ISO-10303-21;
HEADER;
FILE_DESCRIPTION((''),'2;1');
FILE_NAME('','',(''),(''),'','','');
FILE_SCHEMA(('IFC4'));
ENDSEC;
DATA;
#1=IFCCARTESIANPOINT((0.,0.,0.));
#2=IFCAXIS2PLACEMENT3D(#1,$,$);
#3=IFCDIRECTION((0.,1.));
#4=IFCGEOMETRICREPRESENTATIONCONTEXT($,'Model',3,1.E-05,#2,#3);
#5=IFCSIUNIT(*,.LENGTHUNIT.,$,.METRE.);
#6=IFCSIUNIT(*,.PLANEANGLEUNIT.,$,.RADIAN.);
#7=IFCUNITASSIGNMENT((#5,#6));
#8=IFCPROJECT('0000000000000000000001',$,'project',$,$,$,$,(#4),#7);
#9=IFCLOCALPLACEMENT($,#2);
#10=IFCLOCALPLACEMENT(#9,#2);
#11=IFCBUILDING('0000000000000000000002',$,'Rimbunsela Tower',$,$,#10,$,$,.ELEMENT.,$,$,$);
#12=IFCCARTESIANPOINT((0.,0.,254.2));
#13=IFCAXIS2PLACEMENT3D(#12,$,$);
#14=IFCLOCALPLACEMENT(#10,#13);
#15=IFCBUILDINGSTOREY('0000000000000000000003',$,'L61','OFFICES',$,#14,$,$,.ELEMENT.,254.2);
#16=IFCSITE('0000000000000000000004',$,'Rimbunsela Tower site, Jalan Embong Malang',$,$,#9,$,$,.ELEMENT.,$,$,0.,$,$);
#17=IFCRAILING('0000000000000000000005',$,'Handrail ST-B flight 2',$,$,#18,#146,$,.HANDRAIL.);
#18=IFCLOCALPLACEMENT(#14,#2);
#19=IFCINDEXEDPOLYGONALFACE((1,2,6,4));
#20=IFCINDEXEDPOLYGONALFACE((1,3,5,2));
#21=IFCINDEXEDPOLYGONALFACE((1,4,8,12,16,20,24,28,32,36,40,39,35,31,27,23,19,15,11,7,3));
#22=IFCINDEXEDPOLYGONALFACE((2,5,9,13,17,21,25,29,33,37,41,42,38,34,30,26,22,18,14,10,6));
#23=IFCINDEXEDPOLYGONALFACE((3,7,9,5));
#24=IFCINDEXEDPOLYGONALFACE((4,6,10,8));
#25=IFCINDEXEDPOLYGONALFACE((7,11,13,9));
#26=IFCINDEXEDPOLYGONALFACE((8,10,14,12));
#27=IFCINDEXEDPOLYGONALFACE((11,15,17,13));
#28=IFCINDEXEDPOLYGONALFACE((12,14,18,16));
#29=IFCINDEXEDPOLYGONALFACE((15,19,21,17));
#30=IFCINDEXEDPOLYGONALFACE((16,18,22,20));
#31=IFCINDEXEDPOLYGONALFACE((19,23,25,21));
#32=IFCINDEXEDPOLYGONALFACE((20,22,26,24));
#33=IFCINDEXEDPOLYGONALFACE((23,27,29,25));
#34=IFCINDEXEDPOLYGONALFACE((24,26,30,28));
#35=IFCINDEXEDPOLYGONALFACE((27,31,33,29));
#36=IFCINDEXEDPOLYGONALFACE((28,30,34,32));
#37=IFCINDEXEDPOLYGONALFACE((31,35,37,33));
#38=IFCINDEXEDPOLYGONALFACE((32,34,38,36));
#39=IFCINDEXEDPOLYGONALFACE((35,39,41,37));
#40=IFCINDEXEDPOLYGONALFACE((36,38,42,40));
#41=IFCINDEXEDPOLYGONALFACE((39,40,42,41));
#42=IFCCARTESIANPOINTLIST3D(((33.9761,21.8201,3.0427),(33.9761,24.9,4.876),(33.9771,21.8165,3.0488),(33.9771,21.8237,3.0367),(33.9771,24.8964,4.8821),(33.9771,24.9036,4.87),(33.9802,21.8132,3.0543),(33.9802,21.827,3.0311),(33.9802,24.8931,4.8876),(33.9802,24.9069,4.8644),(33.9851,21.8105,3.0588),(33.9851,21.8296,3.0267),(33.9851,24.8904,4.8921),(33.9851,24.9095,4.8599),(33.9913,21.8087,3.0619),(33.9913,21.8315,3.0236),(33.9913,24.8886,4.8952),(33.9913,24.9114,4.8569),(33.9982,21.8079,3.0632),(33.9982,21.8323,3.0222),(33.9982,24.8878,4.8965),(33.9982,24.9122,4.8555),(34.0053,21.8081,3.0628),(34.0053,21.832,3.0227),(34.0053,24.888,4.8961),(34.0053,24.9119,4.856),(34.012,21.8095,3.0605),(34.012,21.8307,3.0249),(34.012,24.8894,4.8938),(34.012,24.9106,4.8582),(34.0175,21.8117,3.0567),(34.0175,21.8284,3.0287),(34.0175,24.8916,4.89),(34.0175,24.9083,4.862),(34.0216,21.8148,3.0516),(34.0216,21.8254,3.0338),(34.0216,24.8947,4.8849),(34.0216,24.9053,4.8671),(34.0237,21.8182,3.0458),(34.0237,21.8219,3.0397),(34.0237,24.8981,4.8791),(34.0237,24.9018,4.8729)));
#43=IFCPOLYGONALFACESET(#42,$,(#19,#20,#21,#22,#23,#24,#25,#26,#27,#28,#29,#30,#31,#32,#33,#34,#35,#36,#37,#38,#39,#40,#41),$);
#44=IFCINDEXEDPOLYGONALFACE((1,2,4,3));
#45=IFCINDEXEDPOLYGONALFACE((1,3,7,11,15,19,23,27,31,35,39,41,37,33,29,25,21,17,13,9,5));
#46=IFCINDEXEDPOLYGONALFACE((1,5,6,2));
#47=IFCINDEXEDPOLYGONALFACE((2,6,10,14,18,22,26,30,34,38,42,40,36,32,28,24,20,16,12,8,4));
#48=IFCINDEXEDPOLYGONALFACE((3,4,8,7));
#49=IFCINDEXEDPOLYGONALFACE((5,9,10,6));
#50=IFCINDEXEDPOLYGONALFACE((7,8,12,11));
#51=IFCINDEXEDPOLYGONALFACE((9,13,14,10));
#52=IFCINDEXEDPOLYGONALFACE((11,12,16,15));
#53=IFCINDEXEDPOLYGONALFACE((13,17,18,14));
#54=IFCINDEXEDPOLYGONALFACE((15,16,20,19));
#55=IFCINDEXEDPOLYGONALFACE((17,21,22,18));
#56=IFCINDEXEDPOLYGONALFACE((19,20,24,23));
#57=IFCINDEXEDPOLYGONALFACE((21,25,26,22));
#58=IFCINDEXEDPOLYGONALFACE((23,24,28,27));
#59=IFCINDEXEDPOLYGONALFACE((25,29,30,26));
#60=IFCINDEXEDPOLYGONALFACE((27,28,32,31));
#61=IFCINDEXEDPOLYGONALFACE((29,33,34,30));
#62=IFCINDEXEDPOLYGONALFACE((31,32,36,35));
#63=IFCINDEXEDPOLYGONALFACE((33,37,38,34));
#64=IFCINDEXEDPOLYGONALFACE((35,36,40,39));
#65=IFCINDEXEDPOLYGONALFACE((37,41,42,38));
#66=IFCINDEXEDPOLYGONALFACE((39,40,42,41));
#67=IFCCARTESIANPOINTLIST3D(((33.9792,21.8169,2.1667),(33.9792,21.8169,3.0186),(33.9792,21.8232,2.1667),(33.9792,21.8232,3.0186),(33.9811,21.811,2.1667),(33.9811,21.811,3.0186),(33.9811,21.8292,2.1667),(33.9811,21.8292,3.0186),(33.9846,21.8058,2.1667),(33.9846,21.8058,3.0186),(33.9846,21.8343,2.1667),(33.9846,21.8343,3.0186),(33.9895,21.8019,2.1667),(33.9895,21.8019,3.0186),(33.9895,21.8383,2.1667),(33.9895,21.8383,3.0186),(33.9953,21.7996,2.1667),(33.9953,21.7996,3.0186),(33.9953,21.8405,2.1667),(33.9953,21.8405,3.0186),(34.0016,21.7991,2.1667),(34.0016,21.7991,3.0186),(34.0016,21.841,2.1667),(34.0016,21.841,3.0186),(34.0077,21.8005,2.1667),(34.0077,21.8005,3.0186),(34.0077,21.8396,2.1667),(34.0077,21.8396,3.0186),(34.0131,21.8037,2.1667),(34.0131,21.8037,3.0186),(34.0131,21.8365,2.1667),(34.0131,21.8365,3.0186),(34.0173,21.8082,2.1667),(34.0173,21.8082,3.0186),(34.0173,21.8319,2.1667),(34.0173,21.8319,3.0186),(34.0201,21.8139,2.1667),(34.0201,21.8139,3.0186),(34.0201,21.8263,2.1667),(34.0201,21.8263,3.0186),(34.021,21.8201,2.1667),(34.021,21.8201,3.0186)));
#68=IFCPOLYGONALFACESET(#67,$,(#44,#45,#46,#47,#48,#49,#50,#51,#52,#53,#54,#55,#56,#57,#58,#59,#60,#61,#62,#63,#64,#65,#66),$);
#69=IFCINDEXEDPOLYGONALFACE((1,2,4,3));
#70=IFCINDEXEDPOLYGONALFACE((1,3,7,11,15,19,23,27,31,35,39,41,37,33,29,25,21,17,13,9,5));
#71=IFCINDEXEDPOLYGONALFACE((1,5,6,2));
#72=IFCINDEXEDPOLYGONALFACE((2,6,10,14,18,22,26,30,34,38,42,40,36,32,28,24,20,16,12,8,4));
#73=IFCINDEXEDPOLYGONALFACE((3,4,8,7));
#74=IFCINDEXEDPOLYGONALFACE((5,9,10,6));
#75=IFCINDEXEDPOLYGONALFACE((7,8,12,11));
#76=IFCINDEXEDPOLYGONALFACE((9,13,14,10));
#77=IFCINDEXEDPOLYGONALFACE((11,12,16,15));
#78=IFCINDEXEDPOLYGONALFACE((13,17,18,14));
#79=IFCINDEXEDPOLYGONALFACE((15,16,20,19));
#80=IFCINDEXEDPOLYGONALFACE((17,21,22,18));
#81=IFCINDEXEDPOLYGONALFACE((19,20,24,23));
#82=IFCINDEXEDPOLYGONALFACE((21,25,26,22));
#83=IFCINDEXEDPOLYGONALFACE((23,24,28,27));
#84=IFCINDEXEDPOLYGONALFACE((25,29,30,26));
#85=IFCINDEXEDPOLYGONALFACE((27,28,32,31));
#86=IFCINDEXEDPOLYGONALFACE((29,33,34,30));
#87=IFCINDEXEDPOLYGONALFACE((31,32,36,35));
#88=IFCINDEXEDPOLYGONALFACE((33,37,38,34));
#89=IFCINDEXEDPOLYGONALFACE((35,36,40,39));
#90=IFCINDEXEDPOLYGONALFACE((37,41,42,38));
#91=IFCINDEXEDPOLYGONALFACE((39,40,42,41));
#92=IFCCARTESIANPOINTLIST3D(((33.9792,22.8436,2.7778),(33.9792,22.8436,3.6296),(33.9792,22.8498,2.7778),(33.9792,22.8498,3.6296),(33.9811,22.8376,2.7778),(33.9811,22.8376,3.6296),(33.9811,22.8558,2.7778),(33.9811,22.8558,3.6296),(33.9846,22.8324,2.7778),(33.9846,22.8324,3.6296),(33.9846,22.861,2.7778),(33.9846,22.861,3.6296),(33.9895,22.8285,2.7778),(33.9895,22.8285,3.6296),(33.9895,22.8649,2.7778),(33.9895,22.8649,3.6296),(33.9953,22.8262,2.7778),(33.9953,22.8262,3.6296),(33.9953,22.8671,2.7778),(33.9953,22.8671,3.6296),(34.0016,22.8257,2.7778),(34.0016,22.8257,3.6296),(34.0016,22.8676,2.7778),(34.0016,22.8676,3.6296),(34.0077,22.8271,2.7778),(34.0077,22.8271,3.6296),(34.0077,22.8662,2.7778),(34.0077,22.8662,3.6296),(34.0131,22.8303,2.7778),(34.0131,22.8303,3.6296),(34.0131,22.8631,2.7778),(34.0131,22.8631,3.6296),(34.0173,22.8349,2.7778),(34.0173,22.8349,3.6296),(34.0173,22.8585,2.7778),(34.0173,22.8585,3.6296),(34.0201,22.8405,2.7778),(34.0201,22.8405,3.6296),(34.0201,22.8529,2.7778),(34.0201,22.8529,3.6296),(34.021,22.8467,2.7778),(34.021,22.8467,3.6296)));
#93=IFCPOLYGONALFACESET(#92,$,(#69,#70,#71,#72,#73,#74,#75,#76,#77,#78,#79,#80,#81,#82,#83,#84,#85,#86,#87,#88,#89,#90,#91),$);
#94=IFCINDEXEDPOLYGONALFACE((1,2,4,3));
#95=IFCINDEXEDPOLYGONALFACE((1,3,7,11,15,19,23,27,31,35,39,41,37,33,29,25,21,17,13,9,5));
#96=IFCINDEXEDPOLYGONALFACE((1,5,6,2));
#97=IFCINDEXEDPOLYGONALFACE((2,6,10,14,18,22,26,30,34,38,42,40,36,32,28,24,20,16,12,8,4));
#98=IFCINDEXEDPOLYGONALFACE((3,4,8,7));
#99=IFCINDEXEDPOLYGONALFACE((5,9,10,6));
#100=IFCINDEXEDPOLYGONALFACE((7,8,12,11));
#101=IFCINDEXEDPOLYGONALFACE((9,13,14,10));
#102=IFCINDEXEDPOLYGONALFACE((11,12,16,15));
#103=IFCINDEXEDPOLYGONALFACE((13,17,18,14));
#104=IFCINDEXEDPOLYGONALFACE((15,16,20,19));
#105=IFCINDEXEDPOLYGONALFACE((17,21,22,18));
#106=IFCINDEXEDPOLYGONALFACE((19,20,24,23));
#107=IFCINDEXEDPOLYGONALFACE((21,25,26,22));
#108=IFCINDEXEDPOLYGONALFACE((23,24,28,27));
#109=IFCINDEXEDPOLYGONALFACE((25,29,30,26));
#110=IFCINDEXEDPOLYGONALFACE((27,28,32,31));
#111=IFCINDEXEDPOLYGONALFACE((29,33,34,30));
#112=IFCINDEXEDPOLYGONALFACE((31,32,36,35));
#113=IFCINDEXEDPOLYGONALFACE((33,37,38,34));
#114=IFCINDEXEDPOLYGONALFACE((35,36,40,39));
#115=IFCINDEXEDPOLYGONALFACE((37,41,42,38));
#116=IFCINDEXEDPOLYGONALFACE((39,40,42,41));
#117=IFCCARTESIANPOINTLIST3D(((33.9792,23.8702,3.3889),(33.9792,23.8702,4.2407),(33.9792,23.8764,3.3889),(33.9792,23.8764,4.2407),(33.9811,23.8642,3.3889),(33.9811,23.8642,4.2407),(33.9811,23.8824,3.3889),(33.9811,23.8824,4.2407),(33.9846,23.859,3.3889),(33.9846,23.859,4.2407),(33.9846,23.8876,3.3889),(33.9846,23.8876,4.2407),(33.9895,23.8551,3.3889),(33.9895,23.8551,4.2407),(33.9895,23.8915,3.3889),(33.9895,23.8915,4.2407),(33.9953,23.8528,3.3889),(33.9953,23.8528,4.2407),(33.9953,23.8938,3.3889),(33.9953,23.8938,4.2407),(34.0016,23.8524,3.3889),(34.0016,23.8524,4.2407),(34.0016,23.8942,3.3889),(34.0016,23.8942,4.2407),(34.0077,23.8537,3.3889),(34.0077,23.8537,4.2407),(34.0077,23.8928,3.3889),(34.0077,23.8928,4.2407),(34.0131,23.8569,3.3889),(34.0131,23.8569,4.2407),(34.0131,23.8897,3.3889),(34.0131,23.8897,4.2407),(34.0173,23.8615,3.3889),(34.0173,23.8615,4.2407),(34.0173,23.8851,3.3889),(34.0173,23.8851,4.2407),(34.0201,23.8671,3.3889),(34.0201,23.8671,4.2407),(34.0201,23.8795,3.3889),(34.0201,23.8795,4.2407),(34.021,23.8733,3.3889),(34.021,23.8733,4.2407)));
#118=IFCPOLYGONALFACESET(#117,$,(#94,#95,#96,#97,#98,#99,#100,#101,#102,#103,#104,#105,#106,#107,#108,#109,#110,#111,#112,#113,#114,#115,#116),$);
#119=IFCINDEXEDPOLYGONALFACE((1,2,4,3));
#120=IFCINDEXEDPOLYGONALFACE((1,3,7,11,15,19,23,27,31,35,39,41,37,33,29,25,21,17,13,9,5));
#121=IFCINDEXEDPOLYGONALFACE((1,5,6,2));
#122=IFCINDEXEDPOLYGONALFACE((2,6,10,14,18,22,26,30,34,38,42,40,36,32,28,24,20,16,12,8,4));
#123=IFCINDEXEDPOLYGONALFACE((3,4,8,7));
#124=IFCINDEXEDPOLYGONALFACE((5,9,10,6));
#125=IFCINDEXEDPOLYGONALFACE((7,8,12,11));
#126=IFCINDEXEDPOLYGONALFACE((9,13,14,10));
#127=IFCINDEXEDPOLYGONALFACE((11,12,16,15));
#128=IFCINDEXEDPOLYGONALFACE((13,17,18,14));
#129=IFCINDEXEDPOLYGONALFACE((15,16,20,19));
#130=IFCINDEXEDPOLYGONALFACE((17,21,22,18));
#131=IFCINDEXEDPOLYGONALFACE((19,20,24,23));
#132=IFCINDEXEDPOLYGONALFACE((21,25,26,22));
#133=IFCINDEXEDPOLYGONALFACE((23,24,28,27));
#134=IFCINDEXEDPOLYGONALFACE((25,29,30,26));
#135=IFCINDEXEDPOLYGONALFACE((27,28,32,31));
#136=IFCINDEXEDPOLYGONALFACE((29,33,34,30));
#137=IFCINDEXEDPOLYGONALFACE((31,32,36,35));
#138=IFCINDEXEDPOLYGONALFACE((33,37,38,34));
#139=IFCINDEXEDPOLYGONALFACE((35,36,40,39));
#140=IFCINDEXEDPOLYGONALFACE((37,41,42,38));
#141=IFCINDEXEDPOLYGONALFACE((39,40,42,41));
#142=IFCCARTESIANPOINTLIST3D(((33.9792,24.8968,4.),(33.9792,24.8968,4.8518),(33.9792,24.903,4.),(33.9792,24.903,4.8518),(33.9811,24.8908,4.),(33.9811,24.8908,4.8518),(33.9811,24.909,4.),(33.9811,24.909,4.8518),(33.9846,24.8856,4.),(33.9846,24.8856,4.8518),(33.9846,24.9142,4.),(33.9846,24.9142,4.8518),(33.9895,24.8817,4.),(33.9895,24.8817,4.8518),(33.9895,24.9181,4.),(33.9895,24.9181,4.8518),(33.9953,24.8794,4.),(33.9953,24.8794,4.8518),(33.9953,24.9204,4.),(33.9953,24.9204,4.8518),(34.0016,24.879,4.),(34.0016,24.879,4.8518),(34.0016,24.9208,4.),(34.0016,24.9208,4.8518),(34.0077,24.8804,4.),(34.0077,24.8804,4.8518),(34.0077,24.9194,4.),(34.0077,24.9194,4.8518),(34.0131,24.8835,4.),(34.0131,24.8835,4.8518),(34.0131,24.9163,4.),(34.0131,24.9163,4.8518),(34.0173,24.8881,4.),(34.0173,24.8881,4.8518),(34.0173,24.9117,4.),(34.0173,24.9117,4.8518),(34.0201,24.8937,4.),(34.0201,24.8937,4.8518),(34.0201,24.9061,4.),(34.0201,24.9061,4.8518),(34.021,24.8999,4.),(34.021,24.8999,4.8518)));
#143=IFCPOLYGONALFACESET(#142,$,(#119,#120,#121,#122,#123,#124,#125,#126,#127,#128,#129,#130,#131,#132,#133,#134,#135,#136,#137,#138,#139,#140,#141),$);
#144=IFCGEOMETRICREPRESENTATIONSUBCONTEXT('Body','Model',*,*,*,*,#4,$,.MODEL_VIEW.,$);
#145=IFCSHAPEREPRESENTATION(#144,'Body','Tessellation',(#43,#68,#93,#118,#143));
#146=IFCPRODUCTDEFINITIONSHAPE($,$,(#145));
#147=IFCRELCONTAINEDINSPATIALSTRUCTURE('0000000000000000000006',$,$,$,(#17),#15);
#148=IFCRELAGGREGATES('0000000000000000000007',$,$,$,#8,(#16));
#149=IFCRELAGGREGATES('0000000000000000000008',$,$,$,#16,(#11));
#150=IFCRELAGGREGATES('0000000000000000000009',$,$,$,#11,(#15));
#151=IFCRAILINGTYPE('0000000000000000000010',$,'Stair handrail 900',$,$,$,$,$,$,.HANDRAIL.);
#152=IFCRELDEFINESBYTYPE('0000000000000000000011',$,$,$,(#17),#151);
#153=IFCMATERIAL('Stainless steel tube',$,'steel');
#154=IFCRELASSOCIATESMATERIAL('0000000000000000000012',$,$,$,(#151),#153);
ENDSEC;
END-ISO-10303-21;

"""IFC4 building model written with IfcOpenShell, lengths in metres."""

from ifc_helpers import new_model, si_unit, direction, frame, origin, origin_2d, place, context, subcontext, project, spatial, circle, extrude, material, type_object, element, save


model = new_model("IFC4")

# Units and contexts
model_context = context("Model", 3, precision=1e-05, world=origin(), true_north=direction((0.0, 1.0)))
body_context = subcontext(model_context, "Body", "Model", "MODEL_VIEW")
ifc_project = project(units=[si_unit("LENGTHUNIT", "METRE"), si_unit("PLANEANGLEUNIT", "RADIAN")], contexts=[model_context])

# Site, building, storey
site_placement = place(None, origin())
site = spatial("IfcSite", under=ifc_project, at=site_placement, Name="Rimbunsela Tower site, Jalan Embong Malang", CompositionType="ELEMENT", RefElevation=0.0)
building_placement = place(site_placement, origin())
building = spatial("IfcBuilding", under=site, at=building_placement, Name="Rimbunsela Tower", CompositionType="ELEMENT")
storey_placement = place(building_placement, frame((0.0, 0.0, 254.2)))
storey = spatial("IfcBuildingStorey", under=building, at=storey_placement, Name="L61", Description="OFFICES", CompositionType="ELEMENT", Elevation=254.2)

# Railing
ifc_material_1 = material(Name="Stainless steel tube", Category="steel")
railing_type = type_object("IfcRailingType", Name="Stair handrail 900", PredefinedType="HANDRAIL", material=ifc_material_1)
for number, where, name in (
    (1, (34.0, 21.8201, 2.1667), "Handrail ST-B flight 2"),
):
    element("IfcRailing", number, at=place(storey_placement, frame(where)), inside=storey, type_object=railing_type, Name=name, PredefinedType="HANDRAIL", context=body_context, shape_type="SweptSolid", body=[
        extrude(circle(Radius=0.0239, at=origin_2d()), frame((0.0, 0.0, 0.876), z_axis=(0.0, 0.859291, 0.511487), x_axis=(-1.0, 0.0, 0.0)), (0.0, 0.0, 1.0), 3.5842),
        extrude(circle(Radius=0.021, at=origin_2d()), origin(), (0.0, 0.0, 1.0), 0.8518),
        extrude(circle(Radius=0.021, at=origin_2d()), frame((0.0, 1.0266, 0.6111)), (0.0, 0.0, 1.0), 0.8518),
        extrude(circle(Radius=0.021, at=origin_2d()), frame((0.0, 2.0532, 1.2222)), (0.0, 0.0, 1.0), 0.8518),
        extrude(circle(Radius=0.021, at=origin_2d()), frame((0.0, 3.0798, 1.8333)), (0.0, 0.0, 1.0), 0.8518),
    ])

save(model, "model.ifc")
